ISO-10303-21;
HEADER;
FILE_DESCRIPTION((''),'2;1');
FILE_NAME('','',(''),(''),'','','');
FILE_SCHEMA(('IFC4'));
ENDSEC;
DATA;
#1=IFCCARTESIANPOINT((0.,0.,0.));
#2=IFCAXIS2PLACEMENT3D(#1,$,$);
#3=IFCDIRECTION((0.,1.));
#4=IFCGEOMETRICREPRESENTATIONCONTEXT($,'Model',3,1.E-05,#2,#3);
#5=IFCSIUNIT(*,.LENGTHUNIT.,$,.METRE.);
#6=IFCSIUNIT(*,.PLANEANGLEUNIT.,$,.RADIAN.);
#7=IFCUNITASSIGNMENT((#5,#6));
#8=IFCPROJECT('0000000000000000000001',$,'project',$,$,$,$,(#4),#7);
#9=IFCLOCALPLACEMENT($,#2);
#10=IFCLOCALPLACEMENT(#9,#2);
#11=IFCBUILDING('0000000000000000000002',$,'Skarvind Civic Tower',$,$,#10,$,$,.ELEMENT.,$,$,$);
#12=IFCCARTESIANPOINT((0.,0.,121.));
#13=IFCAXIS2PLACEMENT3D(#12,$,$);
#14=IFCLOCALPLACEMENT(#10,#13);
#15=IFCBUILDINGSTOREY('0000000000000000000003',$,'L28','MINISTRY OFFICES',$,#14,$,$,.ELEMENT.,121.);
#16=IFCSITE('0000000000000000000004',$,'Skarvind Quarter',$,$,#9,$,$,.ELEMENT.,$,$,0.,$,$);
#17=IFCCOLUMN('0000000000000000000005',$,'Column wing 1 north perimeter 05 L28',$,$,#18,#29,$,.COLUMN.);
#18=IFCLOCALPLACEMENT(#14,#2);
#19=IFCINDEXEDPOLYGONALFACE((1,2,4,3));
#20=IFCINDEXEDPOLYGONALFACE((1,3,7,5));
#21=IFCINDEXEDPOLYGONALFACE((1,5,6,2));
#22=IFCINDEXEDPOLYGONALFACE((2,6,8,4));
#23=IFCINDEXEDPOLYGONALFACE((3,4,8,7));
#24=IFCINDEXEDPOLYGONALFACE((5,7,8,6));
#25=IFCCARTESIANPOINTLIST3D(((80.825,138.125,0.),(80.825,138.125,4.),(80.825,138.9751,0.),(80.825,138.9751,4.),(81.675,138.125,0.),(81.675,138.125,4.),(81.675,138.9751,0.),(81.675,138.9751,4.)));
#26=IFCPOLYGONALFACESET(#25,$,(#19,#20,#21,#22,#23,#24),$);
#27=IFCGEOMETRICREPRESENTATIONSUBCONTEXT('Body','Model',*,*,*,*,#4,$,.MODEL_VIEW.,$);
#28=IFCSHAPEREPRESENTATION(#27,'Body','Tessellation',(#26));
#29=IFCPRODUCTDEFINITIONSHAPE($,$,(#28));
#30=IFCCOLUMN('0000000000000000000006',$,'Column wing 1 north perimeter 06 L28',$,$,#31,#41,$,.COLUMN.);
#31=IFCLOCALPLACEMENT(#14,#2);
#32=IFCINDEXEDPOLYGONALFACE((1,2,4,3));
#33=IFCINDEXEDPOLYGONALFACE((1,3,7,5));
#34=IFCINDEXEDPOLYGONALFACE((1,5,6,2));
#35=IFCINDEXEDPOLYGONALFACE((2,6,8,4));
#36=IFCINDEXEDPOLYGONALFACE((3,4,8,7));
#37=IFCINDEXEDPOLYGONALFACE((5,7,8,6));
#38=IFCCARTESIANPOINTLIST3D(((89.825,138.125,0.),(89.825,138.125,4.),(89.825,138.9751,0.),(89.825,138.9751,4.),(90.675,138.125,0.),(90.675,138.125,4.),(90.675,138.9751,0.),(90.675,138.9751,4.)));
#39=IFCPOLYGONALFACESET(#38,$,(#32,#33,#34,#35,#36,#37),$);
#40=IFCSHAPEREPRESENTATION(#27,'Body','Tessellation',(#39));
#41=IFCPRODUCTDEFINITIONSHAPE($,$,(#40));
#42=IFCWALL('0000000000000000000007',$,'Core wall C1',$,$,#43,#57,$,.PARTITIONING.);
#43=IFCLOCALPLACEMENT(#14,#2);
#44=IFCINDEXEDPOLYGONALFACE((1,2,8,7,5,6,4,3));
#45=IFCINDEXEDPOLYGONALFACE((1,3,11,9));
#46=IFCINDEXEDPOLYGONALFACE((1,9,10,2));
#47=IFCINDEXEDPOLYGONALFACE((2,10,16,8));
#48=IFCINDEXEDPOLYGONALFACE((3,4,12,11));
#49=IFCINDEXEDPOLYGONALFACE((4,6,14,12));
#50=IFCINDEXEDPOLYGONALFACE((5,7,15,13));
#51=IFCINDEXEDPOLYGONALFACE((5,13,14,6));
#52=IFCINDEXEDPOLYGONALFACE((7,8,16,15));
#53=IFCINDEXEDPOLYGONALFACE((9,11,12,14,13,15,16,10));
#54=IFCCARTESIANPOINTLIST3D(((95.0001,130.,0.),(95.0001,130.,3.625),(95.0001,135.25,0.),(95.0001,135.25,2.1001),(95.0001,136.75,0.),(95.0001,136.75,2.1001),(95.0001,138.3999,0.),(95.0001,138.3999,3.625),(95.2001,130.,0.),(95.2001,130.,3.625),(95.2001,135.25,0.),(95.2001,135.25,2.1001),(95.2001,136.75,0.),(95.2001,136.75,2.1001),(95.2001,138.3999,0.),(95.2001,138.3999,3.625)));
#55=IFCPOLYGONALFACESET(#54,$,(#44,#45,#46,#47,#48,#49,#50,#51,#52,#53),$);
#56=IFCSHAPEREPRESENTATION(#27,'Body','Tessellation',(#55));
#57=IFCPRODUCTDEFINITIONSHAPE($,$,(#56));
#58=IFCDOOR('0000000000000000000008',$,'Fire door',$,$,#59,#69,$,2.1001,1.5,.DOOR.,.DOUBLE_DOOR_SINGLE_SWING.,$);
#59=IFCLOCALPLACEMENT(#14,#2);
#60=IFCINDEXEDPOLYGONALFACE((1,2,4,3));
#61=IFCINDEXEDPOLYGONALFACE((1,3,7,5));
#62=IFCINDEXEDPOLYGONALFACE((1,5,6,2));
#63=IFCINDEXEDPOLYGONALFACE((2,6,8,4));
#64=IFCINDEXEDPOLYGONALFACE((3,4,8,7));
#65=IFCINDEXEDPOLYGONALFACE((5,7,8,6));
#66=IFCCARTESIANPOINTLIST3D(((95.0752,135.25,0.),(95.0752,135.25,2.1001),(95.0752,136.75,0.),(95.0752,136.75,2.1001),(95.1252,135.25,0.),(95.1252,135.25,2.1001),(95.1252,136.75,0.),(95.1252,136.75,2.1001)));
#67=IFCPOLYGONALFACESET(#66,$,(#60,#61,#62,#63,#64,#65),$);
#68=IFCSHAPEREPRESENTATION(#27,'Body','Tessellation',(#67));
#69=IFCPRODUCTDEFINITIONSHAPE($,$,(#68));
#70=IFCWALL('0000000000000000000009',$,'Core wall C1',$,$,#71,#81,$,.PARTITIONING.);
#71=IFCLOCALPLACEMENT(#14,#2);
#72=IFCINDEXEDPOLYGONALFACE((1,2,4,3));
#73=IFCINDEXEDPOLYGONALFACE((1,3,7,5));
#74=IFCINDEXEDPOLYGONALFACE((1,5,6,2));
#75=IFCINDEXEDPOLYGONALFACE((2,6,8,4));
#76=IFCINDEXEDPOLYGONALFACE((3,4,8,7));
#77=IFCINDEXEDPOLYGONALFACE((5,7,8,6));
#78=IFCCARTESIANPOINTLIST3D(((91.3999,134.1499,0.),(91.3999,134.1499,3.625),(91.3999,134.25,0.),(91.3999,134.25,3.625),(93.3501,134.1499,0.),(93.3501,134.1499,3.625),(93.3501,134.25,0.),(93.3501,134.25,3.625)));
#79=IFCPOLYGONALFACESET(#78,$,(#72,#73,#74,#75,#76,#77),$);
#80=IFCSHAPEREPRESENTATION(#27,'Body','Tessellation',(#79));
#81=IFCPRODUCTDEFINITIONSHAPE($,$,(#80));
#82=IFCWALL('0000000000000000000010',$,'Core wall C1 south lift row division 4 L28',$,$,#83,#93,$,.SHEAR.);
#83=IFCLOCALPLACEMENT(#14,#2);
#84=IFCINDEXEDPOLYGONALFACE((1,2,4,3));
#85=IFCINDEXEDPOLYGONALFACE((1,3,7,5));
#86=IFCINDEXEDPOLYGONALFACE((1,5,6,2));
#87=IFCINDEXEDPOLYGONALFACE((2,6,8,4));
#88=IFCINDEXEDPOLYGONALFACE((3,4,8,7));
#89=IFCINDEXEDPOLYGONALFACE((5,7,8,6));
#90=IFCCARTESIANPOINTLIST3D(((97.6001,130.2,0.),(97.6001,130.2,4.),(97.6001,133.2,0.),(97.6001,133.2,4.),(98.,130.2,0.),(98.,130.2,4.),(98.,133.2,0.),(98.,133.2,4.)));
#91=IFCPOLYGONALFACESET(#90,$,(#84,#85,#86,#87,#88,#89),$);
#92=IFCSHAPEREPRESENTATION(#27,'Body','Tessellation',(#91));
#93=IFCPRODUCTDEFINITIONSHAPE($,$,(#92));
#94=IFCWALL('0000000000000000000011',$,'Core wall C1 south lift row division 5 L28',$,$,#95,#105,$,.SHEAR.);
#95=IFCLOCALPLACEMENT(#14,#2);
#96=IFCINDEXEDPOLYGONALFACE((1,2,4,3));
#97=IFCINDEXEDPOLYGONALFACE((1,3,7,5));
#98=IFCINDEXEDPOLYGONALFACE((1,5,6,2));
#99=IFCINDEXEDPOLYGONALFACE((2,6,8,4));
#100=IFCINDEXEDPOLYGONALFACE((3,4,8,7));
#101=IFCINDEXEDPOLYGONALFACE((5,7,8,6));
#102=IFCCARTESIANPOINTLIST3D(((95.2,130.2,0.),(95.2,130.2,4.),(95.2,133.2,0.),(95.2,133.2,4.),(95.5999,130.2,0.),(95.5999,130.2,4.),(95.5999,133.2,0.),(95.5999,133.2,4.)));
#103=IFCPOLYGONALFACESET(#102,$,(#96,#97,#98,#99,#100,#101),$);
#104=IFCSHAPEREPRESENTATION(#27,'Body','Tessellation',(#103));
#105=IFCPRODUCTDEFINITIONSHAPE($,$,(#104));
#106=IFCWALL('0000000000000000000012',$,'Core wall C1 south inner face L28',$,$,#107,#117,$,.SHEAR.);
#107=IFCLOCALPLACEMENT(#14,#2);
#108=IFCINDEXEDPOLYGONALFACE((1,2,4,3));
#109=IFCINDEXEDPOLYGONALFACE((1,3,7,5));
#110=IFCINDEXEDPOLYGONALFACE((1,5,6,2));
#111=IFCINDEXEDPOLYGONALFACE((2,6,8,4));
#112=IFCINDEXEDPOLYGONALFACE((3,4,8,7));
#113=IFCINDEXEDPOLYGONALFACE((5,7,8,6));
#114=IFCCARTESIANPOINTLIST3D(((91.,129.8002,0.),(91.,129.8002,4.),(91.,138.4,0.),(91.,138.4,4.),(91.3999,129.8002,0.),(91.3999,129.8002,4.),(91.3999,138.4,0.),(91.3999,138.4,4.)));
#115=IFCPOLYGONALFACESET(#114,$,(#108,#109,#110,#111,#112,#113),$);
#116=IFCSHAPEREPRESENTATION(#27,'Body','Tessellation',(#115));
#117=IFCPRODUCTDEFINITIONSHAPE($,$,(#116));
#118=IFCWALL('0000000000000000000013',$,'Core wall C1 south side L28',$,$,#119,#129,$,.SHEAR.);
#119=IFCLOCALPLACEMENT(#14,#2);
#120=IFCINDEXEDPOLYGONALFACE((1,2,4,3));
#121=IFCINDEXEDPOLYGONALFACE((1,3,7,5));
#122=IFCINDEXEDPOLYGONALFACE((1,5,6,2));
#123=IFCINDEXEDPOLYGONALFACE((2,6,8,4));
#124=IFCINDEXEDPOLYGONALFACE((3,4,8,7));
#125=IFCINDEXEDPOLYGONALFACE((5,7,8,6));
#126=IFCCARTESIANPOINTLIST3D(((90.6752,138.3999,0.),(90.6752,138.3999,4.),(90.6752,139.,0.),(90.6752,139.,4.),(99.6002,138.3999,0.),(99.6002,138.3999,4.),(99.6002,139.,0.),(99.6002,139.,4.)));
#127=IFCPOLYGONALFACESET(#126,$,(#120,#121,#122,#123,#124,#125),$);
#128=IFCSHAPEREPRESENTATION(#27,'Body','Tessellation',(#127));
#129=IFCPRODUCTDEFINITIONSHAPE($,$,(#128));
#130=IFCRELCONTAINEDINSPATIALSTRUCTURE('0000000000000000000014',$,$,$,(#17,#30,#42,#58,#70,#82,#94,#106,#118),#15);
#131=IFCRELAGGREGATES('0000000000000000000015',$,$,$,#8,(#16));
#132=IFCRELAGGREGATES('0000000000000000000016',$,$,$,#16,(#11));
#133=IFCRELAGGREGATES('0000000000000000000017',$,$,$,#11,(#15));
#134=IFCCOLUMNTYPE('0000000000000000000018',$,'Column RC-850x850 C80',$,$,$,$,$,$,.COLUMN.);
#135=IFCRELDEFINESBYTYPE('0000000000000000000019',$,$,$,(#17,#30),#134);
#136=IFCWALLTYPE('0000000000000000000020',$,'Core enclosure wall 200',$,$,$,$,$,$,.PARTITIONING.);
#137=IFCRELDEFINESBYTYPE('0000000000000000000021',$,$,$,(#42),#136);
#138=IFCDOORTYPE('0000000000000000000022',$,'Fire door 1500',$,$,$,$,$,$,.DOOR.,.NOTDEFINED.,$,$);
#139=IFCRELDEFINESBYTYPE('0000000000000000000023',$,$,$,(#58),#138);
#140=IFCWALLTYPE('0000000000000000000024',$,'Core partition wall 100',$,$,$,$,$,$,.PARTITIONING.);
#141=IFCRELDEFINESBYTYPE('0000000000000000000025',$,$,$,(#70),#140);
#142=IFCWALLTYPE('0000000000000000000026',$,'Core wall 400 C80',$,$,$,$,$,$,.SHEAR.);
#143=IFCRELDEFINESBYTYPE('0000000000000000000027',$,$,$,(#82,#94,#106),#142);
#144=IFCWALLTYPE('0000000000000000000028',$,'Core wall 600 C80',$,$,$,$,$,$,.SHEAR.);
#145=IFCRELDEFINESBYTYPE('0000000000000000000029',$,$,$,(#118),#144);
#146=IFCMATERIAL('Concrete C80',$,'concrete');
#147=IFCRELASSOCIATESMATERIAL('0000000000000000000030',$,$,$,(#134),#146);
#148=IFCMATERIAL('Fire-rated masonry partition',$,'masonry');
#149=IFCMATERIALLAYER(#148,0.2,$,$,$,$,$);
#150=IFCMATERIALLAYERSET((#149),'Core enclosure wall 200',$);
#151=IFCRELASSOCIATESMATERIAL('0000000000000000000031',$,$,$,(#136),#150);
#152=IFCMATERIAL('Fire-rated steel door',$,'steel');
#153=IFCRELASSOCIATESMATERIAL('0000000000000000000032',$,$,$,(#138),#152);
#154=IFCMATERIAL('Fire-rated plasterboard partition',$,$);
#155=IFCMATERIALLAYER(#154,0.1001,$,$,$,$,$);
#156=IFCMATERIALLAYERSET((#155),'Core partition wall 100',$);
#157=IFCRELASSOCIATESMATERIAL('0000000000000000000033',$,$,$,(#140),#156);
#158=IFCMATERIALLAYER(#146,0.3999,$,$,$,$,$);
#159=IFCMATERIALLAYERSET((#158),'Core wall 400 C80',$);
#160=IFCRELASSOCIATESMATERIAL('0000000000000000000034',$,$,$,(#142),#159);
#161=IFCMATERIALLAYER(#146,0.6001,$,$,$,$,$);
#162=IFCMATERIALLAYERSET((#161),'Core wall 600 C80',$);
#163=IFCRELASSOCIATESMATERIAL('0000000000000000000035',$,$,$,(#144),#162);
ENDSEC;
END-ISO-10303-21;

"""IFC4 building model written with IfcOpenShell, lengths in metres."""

from ifc_helpers import new_model, si_unit, direction, frame, frame_2d, origin, origin_2d, place, context, subcontext, project, spatial, rectangle, extrude, material, layer, layer_set, material_profile, profile_set, type_object, element, fill, save


model = new_model("IFC4")

# Units and contexts
model_context = context("Model", 3, precision=1e-05, world=origin(), true_north=direction((0.0, 1.0)))
body_context = subcontext(model_context, "Body", "Model", "MODEL_VIEW")
ifc_project = project(units=[si_unit("LENGTHUNIT", "METRE"), si_unit("PLANEANGLEUNIT", "RADIAN")], contexts=[model_context])

# Site, building, storey
site_placement = place(None, origin())
site = spatial("IfcSite", under=ifc_project, at=site_placement, Name="Skarvind Quarter", CompositionType="ELEMENT", RefElevation=0.0)
building_placement = place(site_placement, origin())
building = spatial("IfcBuilding", under=site, at=building_placement, Name="Skarvind Civic Tower", CompositionType="ELEMENT")
storey_placement = place(building_placement, frame((0.0, 0.0, 121.0)))
storey = spatial("IfcBuildingStorey", under=building, at=storey_placement, Name="L28", Description="MINISTRY OFFICES", CompositionType="ELEMENT", Elevation=121.0)

# Columns
ifc_material_1 = material(Name="Concrete C80", Category="concrete")
ifc_material_profile = material_profile(ifc_material_1, rectangle(XDim=0.8501, YDim=0.8501, at=origin_2d()), Name="RC-850x850")
ifc_profile_set = profile_set([ifc_material_profile], Name="Concrete C80")
column_type = type_object("IfcColumnType", Name="Column RC-850x850 C80", PredefinedType="COLUMN", material=ifc_profile_set)
for number, where, z_axis, x_axis, name in (
    (1, (81.25, 138.55, 0.0), (0.0, 0.0, 1.0), (1.0, 0.0, 0.0), "Column wing 1 north perimeter 05 L28"),
    (2, (90.25, 138.55, 0.0), (0.0, 0.0, 1.0), (1.0, 0.0, 0.0), "Column wing 1 north perimeter 06 L28"),
):
    element("IfcColumn", number, at=place(storey_placement, frame(where, z_axis=z_axis, x_axis=x_axis)), inside=storey, type_object=column_type, Name=name, PredefinedType="COLUMN", context=body_context, shape_type="SweptSolid", body=[
        extrude(rectangle(XDim=0.8501, YDim=0.8501, at=origin_2d()), origin(), (0.0, 0.0, 1.0), 4.0),
    ])

# Wall, opening, door
ifc_material_2 = material(Name="Fire-rated masonry partition", Category="masonry")
ifc_layer_1 = layer(ifc_material_2, 0.2)
ifc_layer_set_1 = layer_set([ifc_layer_1], Name="Core enclosure wall 200")
wall_type_1 = type_object("IfcWallType", Name="Core enclosure wall 200", PredefinedType="PARTITIONING", material=ifc_layer_set_1)
wall_1_placement = place(storey_placement, frame((95.1001, 130.0, 0.0), z_axis=(0.0, 0.0, 1.0), x_axis=(0.0, 1.0, 0.0)))
wall_1 = element("IfcWall", 3, at=wall_1_placement, inside=storey, type_object=wall_type_1, Name="Core wall C1", PredefinedType="PARTITIONING", context=body_context, shape_type="SweptSolid", body=[
    extrude(rectangle(XDim=8.3999, YDim=0.2, at=frame_2d((4.2, 0.0))), origin(), (0.0, 0.0, 1.0), 3.625),
])
opening_1_placement = place(wall_1_placement, frame((5.25, 0.0, 0.0)))
opening_1 = element("IfcOpeningElement", 4, at=opening_1_placement, cuts=wall_1, PredefinedType="OPENING", context=body_context, shape_type="SweptSolid", body=[
    extrude(rectangle(XDim=1.5, YDim=2.1001, at=frame_2d((0.75, 1.05))), frame((0.0, 0.1099, 0.0), z_axis=(0.0, -1.0, 0.0), x_axis=(1.0, 0.0, 0.0)), (0.0, 0.0, 1.0), 0.22),
])
ifc_material_3 = material(Name="Fire-rated steel door", Category="steel")
door_type_1 = type_object("IfcDoorType", Name="Fire door 1500", OperationType="NOTDEFINED", PredefinedType="DOOR", material=ifc_material_3)
door_1_placement = place(opening_1_placement, origin())
door_1 = element("IfcDoor", 5, at=door_1_placement, inside=storey, type_object=door_type_1, Name="Fire door", OperationType="DOUBLE_DOOR_SINGLE_SWING", OverallHeight=2.1001, OverallWidth=1.5, PredefinedType="DOOR", context=body_context, shape_type="SweptSolid", body=[
    extrude(rectangle(XDim=1.5, YDim=2.1001, at=frame_2d((0.75, 1.05))), frame((0.0, 0.0249, 0.0), z_axis=(0.0, -1.0, 0.0), x_axis=(1.0, 0.0, 0.0)), (0.0, 0.0, 1.0), 0.05),
])
fill(opening_1, door_1)

# Walls
ifc_material_4 = material(Name="Fire-rated plasterboard partition")
ifc_layer_2 = layer(ifc_material_4, 0.1001)
ifc_layer_set_2 = layer_set([ifc_layer_2], Name="Core partition wall 100")
wall_type_2 = type_object("IfcWallType", Name="Core partition wall 100", PredefinedType="PARTITIONING", material=ifc_layer_set_2)
wall_2_placement = place(storey_placement, frame((91.3999, 134.2, 0.0), z_axis=(0.0, 0.0, 1.0), x_axis=(1.0, 0.0, 0.0)))
element("IfcWall", 6, at=wall_2_placement, inside=storey, type_object=wall_type_2, Name="Core wall C1", PredefinedType="PARTITIONING", context=body_context, shape_type="SweptSolid", body=[
    extrude(rectangle(XDim=1.9502, YDim=0.1001, at=frame_2d((0.9751, 0.0))), origin(), (0.0, 0.0, 1.0), 3.625),
])
ifc_layer_3 = layer(ifc_material_1, 0.3999)
ifc_layer_set_3 = layer_set([ifc_layer_3], Name="Core wall 400 C80")
wall_type_3 = type_object("IfcWallType", Name="Core wall 400 C80", PredefinedType="SHEAR", material=ifc_layer_set_3)
for number, where, z_axis, x_axis, name in (
    (7, (97.8, 133.2, 0.0), (0.0, 0.0, 1.0), (0.0, -1.0, 0.0), "Core wall C1 south lift row division 4 L28"),
    (8, (95.3999, 133.2, 0.0), (0.0, 0.0, 1.0), (0.0, -1.0, 0.0), "Core wall C1 south lift row division 5 L28"),
):
    element("IfcWall", number, at=place(storey_placement, frame(where, z_axis=z_axis, x_axis=x_axis)), inside=storey, type_object=wall_type_3, Name=name, PredefinedType="SHEAR", context=body_context, shape_type="SweptSolid", body=[
        extrude(rectangle(XDim=3.0, YDim=0.3999, at=frame_2d((1.5, 0.0))), origin(), (0.0, 0.0, 1.0), 4.0),
    ])
wall_3_placement = place(storey_placement, frame((91.2, 138.3999, 0.0), z_axis=(0.0, 0.0, 1.0), x_axis=(0.0, -1.0, 0.0)))
element("IfcWall", 9, at=wall_3_placement, inside=storey, type_object=wall_type_3, Name="Core wall C1 south inner face L28", PredefinedType="SHEAR", context=body_context, shape_type="SweptSolid", body=[
    extrude(rectangle(XDim=8.5999, YDim=0.3999, at=frame_2d((4.2998, 0.0))), origin(), (0.0, 0.0, 1.0), 4.0),
])
ifc_layer_4 = layer(ifc_material_1, 0.6001)
ifc_layer_set_4 = layer_set([ifc_layer_4], Name="Core wall 600 C80")
wall_type_4 = type_object("IfcWallType", Name="Core wall 600 C80", PredefinedType="SHEAR", material=ifc_layer_set_4)
wall_4_placement = place(storey_placement, frame((99.6001, 138.7, 0.0), z_axis=(0.0, 0.0, 1.0), x_axis=(-1.0, 0.0, 0.0)))
element("IfcWall", 10, at=wall_4_placement, inside=storey, type_object=wall_type_4, Name="Core wall C1 south side L28", PredefinedType="SHEAR", context=body_context, shape_type="SweptSolid", body=[
    extrude(rectangle(XDim=8.925, YDim=0.6001, at=frame_2d((4.4624, 0.0))), origin(), (0.0, 0.0, 1.0), 4.0),
])

save(model, "model.ifc")
